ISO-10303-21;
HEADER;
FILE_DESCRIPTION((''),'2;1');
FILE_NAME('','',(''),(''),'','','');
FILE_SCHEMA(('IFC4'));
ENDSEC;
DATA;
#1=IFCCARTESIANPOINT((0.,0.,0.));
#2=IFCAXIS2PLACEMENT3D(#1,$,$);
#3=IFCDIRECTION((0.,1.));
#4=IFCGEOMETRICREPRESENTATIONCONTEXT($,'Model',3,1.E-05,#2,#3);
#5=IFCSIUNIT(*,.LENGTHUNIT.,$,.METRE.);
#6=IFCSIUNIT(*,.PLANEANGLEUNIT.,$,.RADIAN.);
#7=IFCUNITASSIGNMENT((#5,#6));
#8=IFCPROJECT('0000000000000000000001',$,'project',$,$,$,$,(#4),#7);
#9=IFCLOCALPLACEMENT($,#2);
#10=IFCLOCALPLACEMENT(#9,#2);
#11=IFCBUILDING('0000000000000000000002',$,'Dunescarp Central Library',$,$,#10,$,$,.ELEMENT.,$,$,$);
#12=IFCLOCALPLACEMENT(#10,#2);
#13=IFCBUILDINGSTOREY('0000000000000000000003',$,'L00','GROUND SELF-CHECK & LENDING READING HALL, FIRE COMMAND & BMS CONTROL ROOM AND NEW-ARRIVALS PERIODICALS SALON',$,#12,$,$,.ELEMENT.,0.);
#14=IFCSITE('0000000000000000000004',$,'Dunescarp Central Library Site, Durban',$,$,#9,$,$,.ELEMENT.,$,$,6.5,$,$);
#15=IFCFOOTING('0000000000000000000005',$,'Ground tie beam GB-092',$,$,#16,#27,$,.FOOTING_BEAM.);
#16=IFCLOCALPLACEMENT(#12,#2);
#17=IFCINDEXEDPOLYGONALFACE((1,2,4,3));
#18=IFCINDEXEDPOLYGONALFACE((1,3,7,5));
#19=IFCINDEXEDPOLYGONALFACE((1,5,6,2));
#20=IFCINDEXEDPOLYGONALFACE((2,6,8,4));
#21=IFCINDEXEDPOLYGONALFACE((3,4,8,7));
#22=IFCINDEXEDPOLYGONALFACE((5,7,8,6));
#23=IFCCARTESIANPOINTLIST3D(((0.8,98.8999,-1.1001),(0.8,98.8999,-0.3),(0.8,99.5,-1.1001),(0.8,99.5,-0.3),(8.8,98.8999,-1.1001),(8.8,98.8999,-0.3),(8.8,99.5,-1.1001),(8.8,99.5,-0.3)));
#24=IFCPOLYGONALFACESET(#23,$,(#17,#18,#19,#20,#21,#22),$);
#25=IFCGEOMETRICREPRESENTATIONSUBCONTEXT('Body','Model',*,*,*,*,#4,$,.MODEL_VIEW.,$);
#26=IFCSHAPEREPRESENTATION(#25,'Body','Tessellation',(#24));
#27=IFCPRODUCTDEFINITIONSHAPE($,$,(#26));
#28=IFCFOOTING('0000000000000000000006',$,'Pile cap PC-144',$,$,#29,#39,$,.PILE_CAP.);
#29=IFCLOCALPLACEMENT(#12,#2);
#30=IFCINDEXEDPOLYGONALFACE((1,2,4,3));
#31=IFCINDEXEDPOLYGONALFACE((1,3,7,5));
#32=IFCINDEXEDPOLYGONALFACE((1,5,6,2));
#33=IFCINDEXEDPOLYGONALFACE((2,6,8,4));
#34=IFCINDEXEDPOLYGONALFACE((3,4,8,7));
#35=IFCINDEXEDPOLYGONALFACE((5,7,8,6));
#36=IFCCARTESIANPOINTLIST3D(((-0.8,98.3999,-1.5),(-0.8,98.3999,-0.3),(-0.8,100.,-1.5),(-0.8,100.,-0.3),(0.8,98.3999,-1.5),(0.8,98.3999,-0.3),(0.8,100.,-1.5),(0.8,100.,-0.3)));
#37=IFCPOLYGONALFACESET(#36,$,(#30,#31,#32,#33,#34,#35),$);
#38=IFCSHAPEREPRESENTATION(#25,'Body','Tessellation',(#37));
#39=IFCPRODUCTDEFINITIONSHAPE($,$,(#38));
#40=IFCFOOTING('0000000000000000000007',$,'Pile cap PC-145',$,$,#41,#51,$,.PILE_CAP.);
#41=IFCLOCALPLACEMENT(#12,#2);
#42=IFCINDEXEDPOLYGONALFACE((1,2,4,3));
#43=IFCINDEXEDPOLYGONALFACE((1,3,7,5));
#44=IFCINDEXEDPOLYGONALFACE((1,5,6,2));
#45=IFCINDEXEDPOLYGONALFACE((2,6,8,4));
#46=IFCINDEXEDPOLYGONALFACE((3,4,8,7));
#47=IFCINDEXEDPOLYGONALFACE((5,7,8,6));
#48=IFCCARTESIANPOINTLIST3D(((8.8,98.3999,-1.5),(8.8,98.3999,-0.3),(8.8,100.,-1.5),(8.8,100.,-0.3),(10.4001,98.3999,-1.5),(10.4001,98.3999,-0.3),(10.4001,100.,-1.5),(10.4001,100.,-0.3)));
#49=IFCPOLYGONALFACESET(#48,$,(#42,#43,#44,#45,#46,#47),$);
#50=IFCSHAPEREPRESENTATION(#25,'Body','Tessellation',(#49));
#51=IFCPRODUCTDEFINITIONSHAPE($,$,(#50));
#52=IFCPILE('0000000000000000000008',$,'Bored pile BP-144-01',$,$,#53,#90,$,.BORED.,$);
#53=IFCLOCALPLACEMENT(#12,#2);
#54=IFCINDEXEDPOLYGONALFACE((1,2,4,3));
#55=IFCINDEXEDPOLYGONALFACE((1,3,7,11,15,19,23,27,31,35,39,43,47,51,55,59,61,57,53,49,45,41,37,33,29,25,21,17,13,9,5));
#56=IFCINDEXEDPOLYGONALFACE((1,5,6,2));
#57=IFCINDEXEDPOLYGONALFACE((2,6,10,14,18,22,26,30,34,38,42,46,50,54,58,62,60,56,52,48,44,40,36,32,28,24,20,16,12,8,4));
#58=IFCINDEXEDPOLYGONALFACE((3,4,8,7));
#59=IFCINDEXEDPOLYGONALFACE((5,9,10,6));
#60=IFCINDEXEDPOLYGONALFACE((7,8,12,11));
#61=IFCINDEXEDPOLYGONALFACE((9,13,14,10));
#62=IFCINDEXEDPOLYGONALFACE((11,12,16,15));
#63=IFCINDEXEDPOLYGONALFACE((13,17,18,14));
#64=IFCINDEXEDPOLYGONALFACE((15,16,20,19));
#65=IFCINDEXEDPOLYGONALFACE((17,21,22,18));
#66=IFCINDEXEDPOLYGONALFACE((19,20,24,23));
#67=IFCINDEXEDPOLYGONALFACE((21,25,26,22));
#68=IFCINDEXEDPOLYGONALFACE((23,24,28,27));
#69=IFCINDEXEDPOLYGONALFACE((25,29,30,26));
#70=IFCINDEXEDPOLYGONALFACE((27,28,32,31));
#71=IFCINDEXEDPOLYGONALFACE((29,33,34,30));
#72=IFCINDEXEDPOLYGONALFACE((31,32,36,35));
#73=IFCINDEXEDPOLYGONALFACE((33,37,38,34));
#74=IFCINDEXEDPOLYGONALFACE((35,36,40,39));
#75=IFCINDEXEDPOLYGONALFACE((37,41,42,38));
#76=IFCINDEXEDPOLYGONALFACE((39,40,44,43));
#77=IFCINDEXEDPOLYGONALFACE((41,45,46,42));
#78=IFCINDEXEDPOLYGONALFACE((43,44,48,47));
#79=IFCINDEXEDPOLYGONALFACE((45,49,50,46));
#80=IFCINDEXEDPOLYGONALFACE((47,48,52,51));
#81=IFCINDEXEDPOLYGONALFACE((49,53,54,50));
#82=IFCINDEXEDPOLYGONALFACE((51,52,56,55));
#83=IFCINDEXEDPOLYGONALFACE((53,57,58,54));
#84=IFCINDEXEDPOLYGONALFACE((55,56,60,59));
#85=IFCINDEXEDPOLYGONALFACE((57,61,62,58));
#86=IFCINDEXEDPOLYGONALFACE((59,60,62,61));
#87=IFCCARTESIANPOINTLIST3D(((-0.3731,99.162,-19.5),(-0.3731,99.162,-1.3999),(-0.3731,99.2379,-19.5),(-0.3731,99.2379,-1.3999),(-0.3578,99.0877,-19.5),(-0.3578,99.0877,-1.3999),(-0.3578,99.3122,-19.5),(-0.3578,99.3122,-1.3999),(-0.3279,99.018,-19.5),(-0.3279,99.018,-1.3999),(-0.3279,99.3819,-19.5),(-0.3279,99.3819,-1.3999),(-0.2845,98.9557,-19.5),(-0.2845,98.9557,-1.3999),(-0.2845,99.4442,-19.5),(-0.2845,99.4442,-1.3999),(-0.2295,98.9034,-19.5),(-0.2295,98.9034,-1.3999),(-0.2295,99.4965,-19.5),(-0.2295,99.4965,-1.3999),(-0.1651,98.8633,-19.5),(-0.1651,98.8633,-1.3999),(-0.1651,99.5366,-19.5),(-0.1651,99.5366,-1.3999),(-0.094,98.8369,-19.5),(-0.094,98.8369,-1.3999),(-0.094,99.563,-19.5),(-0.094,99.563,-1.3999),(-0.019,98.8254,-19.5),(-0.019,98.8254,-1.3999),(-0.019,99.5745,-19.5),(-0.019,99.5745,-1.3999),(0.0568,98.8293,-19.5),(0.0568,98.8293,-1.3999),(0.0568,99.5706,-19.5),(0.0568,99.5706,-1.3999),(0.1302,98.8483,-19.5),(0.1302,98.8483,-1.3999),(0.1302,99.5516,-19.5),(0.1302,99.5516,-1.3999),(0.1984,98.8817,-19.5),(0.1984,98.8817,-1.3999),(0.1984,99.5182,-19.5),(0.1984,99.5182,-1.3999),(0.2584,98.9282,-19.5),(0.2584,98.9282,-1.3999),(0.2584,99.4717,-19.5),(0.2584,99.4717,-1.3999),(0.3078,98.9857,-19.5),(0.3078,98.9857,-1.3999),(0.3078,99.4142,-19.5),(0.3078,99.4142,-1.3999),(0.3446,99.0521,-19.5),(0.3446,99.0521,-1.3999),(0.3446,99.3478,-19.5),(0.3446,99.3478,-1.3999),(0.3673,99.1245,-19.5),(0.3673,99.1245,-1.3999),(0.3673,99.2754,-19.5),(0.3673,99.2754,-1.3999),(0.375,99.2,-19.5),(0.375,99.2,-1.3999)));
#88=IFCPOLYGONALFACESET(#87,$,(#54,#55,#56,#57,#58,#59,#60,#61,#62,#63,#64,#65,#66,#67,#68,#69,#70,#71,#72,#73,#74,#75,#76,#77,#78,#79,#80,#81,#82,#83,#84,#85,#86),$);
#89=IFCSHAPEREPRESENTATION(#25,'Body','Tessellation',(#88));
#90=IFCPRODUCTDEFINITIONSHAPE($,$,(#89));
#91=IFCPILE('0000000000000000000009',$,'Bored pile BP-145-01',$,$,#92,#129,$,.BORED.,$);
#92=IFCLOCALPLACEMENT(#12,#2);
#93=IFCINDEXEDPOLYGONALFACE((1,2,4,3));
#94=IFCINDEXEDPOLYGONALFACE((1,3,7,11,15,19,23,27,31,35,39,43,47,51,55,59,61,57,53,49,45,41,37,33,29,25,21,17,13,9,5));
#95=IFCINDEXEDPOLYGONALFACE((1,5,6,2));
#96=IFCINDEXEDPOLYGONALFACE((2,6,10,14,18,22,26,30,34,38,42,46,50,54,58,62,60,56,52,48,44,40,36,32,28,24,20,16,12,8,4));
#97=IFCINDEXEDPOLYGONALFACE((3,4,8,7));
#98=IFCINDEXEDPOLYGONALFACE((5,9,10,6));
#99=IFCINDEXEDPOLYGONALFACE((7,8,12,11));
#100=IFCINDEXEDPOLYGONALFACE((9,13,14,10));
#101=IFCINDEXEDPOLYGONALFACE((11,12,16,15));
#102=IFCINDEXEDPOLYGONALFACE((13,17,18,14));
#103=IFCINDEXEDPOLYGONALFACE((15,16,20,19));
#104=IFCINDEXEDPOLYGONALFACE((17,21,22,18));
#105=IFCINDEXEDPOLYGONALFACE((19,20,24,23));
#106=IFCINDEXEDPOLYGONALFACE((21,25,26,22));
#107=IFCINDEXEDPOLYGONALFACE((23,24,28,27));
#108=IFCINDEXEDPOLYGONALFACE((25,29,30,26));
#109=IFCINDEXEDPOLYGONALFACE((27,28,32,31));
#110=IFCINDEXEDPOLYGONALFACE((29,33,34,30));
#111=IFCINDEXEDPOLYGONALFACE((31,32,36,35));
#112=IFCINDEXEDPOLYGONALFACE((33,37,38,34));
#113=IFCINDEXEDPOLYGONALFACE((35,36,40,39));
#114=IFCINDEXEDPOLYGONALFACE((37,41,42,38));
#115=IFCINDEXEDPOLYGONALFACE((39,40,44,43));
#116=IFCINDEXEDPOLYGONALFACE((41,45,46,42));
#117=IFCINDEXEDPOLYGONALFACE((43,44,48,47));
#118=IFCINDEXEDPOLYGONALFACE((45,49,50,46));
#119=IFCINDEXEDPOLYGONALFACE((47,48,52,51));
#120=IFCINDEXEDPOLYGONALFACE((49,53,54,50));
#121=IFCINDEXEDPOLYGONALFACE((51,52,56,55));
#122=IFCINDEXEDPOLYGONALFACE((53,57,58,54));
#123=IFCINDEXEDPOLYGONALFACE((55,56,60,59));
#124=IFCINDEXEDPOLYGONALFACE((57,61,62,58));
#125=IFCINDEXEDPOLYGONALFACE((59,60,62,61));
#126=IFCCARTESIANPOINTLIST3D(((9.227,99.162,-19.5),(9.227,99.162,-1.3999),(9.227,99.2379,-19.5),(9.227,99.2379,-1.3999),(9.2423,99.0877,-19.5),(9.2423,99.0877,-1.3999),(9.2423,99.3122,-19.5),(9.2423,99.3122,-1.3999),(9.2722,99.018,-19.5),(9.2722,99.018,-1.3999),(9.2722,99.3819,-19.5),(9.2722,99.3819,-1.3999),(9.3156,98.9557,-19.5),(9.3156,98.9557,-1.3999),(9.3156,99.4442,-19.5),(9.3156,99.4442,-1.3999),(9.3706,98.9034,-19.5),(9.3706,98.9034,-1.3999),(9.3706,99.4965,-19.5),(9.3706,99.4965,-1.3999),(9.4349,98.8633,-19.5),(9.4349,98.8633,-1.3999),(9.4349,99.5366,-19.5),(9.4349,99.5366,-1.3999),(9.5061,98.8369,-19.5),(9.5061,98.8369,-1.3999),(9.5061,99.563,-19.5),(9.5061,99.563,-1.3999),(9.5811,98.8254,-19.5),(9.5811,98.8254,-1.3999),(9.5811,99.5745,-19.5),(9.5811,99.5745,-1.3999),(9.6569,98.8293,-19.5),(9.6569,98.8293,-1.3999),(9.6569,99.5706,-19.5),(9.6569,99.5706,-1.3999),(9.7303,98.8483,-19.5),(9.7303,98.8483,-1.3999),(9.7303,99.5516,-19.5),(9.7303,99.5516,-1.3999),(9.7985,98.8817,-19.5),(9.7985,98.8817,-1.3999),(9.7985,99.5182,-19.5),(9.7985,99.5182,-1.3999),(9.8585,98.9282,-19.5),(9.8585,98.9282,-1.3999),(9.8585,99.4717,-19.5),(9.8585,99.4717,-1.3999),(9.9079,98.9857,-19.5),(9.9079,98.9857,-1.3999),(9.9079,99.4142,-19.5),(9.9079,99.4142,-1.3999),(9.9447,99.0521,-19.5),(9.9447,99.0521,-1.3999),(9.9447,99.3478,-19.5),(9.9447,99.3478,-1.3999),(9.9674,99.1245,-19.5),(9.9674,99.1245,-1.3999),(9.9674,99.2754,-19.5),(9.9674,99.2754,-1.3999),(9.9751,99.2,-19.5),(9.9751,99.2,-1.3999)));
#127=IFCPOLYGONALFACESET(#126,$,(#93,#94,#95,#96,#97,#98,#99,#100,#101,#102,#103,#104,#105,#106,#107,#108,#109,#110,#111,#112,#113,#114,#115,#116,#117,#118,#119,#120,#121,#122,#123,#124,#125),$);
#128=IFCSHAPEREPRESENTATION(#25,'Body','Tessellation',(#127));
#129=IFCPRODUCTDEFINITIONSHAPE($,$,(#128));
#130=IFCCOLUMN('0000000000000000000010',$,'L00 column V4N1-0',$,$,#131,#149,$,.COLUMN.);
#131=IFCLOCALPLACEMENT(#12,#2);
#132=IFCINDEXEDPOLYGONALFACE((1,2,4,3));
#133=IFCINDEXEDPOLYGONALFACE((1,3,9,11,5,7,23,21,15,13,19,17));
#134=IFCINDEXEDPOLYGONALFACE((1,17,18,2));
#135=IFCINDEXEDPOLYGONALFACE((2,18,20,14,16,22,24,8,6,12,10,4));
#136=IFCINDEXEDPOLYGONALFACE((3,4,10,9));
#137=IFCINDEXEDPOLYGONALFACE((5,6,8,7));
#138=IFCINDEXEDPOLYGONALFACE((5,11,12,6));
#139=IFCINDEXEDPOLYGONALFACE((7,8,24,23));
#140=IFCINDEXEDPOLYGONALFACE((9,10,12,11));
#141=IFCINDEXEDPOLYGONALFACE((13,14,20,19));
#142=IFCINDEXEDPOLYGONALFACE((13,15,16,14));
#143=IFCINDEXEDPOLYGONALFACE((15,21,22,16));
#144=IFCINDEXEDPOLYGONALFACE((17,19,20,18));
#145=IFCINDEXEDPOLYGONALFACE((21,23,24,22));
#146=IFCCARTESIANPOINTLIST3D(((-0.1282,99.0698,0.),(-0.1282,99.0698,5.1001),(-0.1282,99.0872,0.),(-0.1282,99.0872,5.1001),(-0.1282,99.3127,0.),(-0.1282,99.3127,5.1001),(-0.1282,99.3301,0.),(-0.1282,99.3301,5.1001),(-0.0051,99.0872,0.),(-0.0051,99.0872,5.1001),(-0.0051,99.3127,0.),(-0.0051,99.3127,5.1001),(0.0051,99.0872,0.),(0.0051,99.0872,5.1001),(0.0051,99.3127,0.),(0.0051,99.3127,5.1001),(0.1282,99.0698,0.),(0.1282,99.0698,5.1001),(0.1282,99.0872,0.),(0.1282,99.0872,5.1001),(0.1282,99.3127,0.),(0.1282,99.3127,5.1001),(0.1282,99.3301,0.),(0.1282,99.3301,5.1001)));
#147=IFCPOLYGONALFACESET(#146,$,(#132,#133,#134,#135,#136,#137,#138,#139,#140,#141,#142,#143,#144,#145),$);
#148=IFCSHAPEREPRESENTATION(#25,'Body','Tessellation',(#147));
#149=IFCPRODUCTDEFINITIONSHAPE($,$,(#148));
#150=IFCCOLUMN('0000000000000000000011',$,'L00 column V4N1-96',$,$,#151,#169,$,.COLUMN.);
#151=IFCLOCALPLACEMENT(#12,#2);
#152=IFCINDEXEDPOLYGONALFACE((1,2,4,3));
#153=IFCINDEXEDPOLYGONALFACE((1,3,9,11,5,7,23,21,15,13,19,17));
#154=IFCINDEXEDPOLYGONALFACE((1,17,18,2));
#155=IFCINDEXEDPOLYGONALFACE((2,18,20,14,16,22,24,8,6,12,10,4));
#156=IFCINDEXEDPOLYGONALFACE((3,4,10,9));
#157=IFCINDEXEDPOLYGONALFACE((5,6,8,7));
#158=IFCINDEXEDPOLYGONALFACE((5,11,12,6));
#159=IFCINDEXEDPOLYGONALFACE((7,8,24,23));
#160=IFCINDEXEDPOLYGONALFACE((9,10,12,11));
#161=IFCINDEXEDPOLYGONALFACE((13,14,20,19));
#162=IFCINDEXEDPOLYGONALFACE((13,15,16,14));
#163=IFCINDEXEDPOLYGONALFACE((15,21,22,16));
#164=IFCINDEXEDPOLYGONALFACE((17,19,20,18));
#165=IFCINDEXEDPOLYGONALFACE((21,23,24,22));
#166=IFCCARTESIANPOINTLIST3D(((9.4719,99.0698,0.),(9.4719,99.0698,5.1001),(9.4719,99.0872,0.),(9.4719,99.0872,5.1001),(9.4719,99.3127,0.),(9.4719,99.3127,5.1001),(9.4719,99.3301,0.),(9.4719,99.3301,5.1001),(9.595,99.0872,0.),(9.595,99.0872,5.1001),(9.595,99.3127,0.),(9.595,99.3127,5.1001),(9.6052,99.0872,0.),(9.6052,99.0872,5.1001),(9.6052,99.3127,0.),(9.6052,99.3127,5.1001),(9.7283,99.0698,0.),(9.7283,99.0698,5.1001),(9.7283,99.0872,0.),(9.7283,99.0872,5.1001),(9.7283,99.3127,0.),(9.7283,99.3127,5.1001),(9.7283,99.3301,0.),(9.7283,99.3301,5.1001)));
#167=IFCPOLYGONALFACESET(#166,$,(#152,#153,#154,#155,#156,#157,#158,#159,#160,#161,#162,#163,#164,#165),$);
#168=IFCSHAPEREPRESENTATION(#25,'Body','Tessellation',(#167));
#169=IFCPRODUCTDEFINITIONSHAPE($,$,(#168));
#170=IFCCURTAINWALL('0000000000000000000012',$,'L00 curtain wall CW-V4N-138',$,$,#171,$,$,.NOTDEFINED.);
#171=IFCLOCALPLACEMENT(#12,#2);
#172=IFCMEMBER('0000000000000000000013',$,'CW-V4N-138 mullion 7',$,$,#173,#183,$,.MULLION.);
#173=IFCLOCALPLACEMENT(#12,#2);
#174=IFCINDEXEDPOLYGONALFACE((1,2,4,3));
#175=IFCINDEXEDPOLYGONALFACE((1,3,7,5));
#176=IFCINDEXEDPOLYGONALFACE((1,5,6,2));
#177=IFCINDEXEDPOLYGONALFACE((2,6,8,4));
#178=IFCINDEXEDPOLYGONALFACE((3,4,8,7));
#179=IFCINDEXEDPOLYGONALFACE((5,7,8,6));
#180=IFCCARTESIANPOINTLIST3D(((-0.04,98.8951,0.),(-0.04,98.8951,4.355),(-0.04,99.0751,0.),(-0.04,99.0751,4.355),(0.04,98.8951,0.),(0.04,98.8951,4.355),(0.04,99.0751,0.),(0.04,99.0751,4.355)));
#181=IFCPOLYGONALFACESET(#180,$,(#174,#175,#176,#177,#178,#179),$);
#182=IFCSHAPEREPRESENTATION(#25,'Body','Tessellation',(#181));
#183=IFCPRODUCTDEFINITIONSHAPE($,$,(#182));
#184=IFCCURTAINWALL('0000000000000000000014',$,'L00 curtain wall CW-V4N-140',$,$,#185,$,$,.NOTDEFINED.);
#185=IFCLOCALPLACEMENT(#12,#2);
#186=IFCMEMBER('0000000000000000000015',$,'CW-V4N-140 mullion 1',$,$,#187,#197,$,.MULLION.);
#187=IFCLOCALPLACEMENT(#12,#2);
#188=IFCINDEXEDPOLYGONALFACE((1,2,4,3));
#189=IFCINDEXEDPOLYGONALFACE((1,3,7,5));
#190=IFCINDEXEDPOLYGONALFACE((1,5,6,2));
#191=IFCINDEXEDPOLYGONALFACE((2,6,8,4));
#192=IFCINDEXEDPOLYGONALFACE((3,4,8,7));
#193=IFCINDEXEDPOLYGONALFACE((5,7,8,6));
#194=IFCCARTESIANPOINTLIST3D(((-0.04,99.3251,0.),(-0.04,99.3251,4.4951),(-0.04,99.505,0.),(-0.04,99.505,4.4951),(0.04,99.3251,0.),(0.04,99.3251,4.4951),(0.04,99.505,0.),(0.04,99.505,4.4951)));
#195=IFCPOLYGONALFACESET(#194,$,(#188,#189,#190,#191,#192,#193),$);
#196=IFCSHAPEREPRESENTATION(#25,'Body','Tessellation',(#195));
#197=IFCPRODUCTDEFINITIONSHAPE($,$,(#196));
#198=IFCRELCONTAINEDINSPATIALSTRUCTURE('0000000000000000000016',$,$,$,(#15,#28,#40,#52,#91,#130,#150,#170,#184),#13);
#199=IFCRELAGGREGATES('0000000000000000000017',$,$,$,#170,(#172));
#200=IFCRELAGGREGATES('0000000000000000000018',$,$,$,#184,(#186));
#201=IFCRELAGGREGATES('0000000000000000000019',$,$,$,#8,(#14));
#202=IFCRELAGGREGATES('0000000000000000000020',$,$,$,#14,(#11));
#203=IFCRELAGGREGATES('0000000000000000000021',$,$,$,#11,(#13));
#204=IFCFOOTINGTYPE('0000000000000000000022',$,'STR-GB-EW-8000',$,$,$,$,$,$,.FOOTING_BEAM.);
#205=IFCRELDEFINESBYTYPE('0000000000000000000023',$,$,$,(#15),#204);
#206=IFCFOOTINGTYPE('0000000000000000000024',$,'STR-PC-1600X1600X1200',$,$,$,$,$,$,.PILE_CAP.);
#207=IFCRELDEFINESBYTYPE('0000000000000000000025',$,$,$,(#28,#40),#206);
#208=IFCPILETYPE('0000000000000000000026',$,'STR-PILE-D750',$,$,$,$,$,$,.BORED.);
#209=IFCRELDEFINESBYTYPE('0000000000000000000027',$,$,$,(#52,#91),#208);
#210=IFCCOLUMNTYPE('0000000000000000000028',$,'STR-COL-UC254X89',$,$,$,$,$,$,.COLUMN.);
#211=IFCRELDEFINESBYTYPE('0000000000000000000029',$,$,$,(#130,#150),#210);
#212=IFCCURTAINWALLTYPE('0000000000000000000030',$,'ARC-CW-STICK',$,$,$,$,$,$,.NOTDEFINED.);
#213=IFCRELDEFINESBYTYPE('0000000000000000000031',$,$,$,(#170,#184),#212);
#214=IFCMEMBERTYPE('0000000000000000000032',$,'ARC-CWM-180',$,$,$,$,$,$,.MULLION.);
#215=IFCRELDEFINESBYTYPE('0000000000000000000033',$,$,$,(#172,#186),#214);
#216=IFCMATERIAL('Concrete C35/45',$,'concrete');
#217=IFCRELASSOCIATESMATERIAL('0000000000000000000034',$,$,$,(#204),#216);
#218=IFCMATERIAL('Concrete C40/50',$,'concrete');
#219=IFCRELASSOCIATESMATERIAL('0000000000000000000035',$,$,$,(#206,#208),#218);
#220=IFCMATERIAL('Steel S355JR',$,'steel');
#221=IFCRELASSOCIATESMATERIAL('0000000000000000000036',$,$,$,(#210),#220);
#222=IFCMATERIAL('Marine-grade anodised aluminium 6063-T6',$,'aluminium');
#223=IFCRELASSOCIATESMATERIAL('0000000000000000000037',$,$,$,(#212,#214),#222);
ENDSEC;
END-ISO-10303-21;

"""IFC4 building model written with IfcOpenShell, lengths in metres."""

from ifc_helpers import new_model, si_unit, direction, frame, origin, origin_2d, place, context, subcontext, project, spatial, rectangle, circle, i_section, extrude, material, material_profile, profile_set, type_object, element, aggregate, save


model = new_model("IFC4")

# Units and contexts
model_context = context("Model", 3, precision=1e-05, world=origin(), true_north=direction((0.0, 1.0)))
body_context = subcontext(model_context, "Body", "Model", "MODEL_VIEW")
ifc_project = project(units=[si_unit("LENGTHUNIT", "METRE"), si_unit("PLANEANGLEUNIT", "RADIAN")], contexts=[model_context])

# Site, building, storey
site_placement = place(None, origin())
site = spatial("IfcSite", under=ifc_project, at=site_placement, Name="Dunescarp Central Library Site, Durban", CompositionType="ELEMENT", RefElevation=6.5)
building_placement = place(site_placement, origin())
building = spatial("IfcBuilding", under=site, at=building_placement, Name="Dunescarp Central Library", CompositionType="ELEMENT")
storey_placement = place(building_placement, origin())
storey = spatial("IfcBuildingStorey", under=building, at=storey_placement, Name="L00", Description="GROUND SELF-CHECK & LENDING READING HALL, FIRE COMMAND & BMS CONTROL ROOM AND NEW-ARRIVALS PERIODICALS SALON", CompositionType="ELEMENT", Elevation=0.0)

# Footings
ifc_material_1 = material(Name="Concrete C35/45", Category="concrete")
footing_type_1 = type_object("IfcFootingType", Name="STR-GB-EW-8000", PredefinedType="FOOTING_BEAM", material=ifc_material_1)
footing_placement = place(storey_placement, frame((4.8, 99.2, -1.1001), z_axis=(0.0, 0.0, 1.0), x_axis=(1.0, 0.0, 0.0)))
element("IfcFooting", 1, at=footing_placement, inside=storey, type_object=footing_type_1, Name="Ground tie beam GB-092", PredefinedType="FOOTING_BEAM", context=body_context, shape_type="SweptSolid", body=[
    extrude(rectangle(XDim=8.0, YDim=0.6001, at=origin_2d()), origin(), (0.0, 0.0, 1.0), 0.8),
])
ifc_material_2 = material(Name="Concrete C40/50", Category="concrete")
footing_type_2 = type_object("IfcFootingType", Name="STR-PC-1600X1600X1200", PredefinedType="PILE_CAP", material=ifc_material_2)
for number, where, z_axis, x_axis, name in (
    (2, (0.0, 99.2, -1.5), (0.0, 0.0, 1.0), (1.0, 0.0, 0.0), "Pile cap PC-144"),
    (3, (9.6001, 99.2, -1.5), (0.0, 0.0, 1.0), (1.0, 0.0, 0.0), "Pile cap PC-145"),
):
    element("IfcFooting", number, at=place(storey_placement, frame(where, z_axis=z_axis, x_axis=x_axis)), inside=storey, type_object=footing_type_2, Name=name, PredefinedType="PILE_CAP", context=body_context, shape_type="SweptSolid", body=[
        extrude(rectangle(XDim=1.6001, YDim=1.6001, at=origin_2d()), origin(), (0.0, 0.0, 1.0), 1.2),
    ])

# Piles
ifc_material_profile_1 = material_profile(ifc_material_2, circle(Radius=0.375, at=origin_2d()), Name="PILE D750")
ifc_profile_set_1 = profile_set([ifc_material_profile_1], Name="Concrete C40/50")
pile_type = type_object("IfcPileType", Name="STR-PILE-D750", PredefinedType="BORED", material=ifc_profile_set_1)
for number, where, z_axis, x_axis, name in (
    (4, (0.0, 99.2, -1.3999), (0.0, 0.0, -1.0), (1.0, 0.0, 0.0), "Bored pile BP-144-01"),
    (5, (9.6001, 99.2, -1.3999), (0.0, 0.0, -1.0), (1.0, 0.0, 0.0), "Bored pile BP-145-01"),
):
    element("IfcPile", number, at=place(storey_placement, frame(where, z_axis=z_axis, x_axis=x_axis)), inside=storey, type_object=pile_type, Name=name, PredefinedType="BORED", context=body_context, shape_type="SweptSolid", body=[
        extrude(circle(Radius=0.375, at=origin_2d()), origin(), (0.0, 0.0, 1.0), 18.1001),
    ])

# Columns
ifc_material_3 = material(Name="Steel S355JR", Category="steel")
ifc_material_profile_2 = material_profile(ifc_material_3, i_section(OverallWidth=0.2563, OverallDepth=0.2603, WebThickness=0.0103, FlangeThickness=0.0173, at=origin_2d()), Name="UC 254x254x89")
ifc_profile_set_2 = profile_set([ifc_material_profile_2], Name="Steel S355JR")
column_type = type_object("IfcColumnType", Name="STR-COL-UC254X89", PredefinedType="COLUMN", material=ifc_profile_set_2)
for number, where, z_axis, x_axis, name in (
    (6, (0.0, 99.2, 0.0), (0.0, 0.0, 1.0), (1.0, 0.0, 0.0), "L00 column V4N1-0"),
    (7, (9.6001, 99.2, 0.0), (0.0, 0.0, 1.0), (1.0, 0.0, 0.0), "L00 column V4N1-96"),
):
    element("IfcColumn", number, at=place(storey_placement, frame(where, z_axis=z_axis, x_axis=x_axis)), inside=storey, type_object=column_type, Name=name, PredefinedType="COLUMN", context=body_context, shape_type="SweptSolid", body=[
        extrude(i_section(OverallWidth=0.2563, OverallDepth=0.2603, WebThickness=0.0103, FlangeThickness=0.0173, at=origin_2d()), origin(), (0.0, 0.0, 1.0), 5.1001),
    ])

# Curtain wall, member
ifc_material_4 = material(Name="Marine-grade anodised aluminium 6063-T6", Category="aluminium")
curtain_wall_type = type_object("IfcCurtainWallType", Name="ARC-CW-STICK", PredefinedType="NOTDEFINED", material=ifc_material_4)
curtain_wall_1_placement = place(storey_placement, origin())
curtain_wall_1 = element("IfcCurtainWall", 8, at=curtain_wall_1_placement, inside=storey, type_object=curtain_wall_type, Name="L00 curtain wall CW-V4N-138", PredefinedType="NOTDEFINED")
ifc_material_profile_3 = material_profile(ifc_material_4, rectangle(XDim=0.0801, YDim=0.1799, at=origin_2d()), Name="AL 80x180")
ifc_profile_set_3 = profile_set([ifc_material_profile_3], Name="Marine-grade anodised aluminium 6063-T6")
member_type_1 = type_object("IfcMemberType", Name="ARC-CWM-180", PredefinedType="MULLION", material=ifc_profile_set_3)
member_1_placement = place(storey_placement, frame((0.0, 98.9851, 0.0), z_axis=(0.0, 0.0, 1.0), x_axis=(-1.0, 0.0, 0.0)))
member_1 = element("IfcMember", 9, at=member_1_placement, type_object=member_type_1, Name="CW-V4N-138 mullion 7", PredefinedType="MULLION", context=body_context, shape_type="SweptSolid", body=[
    extrude(rectangle(XDim=0.0801, YDim=0.1799, at=origin_2d()), origin(), (0.0, 0.0, 1.0), 4.355),
])

# Curtain wall, member
curtain_wall_2_placement = place(storey_placement, origin())
curtain_wall_2 = element("IfcCurtainWall", 10, at=curtain_wall_2_placement, inside=storey, type_object=curtain_wall_type, Name="L00 curtain wall CW-V4N-140", PredefinedType="NOTDEFINED")
member_2_placement = place(storey_placement, frame((0.0, 99.415, 0.0), z_axis=(0.0, 0.0, 1.0), x_axis=(-1.0, 0.0, 0.0)))
member_2 = element("IfcMember", 11, at=member_2_placement, type_object=member_type_1, Name="CW-V4N-140 mullion 1", PredefinedType="MULLION", context=body_context, shape_type="SweptSolid", body=[
    extrude(rectangle(XDim=0.0801, YDim=0.1799, at=origin_2d()), origin(), (0.0, 0.0, 1.0), 4.4951),
])

aggregate(curtain_wall_1, [member_1])
aggregate(curtain_wall_2, [member_2])

save(model, "model.ifc")
